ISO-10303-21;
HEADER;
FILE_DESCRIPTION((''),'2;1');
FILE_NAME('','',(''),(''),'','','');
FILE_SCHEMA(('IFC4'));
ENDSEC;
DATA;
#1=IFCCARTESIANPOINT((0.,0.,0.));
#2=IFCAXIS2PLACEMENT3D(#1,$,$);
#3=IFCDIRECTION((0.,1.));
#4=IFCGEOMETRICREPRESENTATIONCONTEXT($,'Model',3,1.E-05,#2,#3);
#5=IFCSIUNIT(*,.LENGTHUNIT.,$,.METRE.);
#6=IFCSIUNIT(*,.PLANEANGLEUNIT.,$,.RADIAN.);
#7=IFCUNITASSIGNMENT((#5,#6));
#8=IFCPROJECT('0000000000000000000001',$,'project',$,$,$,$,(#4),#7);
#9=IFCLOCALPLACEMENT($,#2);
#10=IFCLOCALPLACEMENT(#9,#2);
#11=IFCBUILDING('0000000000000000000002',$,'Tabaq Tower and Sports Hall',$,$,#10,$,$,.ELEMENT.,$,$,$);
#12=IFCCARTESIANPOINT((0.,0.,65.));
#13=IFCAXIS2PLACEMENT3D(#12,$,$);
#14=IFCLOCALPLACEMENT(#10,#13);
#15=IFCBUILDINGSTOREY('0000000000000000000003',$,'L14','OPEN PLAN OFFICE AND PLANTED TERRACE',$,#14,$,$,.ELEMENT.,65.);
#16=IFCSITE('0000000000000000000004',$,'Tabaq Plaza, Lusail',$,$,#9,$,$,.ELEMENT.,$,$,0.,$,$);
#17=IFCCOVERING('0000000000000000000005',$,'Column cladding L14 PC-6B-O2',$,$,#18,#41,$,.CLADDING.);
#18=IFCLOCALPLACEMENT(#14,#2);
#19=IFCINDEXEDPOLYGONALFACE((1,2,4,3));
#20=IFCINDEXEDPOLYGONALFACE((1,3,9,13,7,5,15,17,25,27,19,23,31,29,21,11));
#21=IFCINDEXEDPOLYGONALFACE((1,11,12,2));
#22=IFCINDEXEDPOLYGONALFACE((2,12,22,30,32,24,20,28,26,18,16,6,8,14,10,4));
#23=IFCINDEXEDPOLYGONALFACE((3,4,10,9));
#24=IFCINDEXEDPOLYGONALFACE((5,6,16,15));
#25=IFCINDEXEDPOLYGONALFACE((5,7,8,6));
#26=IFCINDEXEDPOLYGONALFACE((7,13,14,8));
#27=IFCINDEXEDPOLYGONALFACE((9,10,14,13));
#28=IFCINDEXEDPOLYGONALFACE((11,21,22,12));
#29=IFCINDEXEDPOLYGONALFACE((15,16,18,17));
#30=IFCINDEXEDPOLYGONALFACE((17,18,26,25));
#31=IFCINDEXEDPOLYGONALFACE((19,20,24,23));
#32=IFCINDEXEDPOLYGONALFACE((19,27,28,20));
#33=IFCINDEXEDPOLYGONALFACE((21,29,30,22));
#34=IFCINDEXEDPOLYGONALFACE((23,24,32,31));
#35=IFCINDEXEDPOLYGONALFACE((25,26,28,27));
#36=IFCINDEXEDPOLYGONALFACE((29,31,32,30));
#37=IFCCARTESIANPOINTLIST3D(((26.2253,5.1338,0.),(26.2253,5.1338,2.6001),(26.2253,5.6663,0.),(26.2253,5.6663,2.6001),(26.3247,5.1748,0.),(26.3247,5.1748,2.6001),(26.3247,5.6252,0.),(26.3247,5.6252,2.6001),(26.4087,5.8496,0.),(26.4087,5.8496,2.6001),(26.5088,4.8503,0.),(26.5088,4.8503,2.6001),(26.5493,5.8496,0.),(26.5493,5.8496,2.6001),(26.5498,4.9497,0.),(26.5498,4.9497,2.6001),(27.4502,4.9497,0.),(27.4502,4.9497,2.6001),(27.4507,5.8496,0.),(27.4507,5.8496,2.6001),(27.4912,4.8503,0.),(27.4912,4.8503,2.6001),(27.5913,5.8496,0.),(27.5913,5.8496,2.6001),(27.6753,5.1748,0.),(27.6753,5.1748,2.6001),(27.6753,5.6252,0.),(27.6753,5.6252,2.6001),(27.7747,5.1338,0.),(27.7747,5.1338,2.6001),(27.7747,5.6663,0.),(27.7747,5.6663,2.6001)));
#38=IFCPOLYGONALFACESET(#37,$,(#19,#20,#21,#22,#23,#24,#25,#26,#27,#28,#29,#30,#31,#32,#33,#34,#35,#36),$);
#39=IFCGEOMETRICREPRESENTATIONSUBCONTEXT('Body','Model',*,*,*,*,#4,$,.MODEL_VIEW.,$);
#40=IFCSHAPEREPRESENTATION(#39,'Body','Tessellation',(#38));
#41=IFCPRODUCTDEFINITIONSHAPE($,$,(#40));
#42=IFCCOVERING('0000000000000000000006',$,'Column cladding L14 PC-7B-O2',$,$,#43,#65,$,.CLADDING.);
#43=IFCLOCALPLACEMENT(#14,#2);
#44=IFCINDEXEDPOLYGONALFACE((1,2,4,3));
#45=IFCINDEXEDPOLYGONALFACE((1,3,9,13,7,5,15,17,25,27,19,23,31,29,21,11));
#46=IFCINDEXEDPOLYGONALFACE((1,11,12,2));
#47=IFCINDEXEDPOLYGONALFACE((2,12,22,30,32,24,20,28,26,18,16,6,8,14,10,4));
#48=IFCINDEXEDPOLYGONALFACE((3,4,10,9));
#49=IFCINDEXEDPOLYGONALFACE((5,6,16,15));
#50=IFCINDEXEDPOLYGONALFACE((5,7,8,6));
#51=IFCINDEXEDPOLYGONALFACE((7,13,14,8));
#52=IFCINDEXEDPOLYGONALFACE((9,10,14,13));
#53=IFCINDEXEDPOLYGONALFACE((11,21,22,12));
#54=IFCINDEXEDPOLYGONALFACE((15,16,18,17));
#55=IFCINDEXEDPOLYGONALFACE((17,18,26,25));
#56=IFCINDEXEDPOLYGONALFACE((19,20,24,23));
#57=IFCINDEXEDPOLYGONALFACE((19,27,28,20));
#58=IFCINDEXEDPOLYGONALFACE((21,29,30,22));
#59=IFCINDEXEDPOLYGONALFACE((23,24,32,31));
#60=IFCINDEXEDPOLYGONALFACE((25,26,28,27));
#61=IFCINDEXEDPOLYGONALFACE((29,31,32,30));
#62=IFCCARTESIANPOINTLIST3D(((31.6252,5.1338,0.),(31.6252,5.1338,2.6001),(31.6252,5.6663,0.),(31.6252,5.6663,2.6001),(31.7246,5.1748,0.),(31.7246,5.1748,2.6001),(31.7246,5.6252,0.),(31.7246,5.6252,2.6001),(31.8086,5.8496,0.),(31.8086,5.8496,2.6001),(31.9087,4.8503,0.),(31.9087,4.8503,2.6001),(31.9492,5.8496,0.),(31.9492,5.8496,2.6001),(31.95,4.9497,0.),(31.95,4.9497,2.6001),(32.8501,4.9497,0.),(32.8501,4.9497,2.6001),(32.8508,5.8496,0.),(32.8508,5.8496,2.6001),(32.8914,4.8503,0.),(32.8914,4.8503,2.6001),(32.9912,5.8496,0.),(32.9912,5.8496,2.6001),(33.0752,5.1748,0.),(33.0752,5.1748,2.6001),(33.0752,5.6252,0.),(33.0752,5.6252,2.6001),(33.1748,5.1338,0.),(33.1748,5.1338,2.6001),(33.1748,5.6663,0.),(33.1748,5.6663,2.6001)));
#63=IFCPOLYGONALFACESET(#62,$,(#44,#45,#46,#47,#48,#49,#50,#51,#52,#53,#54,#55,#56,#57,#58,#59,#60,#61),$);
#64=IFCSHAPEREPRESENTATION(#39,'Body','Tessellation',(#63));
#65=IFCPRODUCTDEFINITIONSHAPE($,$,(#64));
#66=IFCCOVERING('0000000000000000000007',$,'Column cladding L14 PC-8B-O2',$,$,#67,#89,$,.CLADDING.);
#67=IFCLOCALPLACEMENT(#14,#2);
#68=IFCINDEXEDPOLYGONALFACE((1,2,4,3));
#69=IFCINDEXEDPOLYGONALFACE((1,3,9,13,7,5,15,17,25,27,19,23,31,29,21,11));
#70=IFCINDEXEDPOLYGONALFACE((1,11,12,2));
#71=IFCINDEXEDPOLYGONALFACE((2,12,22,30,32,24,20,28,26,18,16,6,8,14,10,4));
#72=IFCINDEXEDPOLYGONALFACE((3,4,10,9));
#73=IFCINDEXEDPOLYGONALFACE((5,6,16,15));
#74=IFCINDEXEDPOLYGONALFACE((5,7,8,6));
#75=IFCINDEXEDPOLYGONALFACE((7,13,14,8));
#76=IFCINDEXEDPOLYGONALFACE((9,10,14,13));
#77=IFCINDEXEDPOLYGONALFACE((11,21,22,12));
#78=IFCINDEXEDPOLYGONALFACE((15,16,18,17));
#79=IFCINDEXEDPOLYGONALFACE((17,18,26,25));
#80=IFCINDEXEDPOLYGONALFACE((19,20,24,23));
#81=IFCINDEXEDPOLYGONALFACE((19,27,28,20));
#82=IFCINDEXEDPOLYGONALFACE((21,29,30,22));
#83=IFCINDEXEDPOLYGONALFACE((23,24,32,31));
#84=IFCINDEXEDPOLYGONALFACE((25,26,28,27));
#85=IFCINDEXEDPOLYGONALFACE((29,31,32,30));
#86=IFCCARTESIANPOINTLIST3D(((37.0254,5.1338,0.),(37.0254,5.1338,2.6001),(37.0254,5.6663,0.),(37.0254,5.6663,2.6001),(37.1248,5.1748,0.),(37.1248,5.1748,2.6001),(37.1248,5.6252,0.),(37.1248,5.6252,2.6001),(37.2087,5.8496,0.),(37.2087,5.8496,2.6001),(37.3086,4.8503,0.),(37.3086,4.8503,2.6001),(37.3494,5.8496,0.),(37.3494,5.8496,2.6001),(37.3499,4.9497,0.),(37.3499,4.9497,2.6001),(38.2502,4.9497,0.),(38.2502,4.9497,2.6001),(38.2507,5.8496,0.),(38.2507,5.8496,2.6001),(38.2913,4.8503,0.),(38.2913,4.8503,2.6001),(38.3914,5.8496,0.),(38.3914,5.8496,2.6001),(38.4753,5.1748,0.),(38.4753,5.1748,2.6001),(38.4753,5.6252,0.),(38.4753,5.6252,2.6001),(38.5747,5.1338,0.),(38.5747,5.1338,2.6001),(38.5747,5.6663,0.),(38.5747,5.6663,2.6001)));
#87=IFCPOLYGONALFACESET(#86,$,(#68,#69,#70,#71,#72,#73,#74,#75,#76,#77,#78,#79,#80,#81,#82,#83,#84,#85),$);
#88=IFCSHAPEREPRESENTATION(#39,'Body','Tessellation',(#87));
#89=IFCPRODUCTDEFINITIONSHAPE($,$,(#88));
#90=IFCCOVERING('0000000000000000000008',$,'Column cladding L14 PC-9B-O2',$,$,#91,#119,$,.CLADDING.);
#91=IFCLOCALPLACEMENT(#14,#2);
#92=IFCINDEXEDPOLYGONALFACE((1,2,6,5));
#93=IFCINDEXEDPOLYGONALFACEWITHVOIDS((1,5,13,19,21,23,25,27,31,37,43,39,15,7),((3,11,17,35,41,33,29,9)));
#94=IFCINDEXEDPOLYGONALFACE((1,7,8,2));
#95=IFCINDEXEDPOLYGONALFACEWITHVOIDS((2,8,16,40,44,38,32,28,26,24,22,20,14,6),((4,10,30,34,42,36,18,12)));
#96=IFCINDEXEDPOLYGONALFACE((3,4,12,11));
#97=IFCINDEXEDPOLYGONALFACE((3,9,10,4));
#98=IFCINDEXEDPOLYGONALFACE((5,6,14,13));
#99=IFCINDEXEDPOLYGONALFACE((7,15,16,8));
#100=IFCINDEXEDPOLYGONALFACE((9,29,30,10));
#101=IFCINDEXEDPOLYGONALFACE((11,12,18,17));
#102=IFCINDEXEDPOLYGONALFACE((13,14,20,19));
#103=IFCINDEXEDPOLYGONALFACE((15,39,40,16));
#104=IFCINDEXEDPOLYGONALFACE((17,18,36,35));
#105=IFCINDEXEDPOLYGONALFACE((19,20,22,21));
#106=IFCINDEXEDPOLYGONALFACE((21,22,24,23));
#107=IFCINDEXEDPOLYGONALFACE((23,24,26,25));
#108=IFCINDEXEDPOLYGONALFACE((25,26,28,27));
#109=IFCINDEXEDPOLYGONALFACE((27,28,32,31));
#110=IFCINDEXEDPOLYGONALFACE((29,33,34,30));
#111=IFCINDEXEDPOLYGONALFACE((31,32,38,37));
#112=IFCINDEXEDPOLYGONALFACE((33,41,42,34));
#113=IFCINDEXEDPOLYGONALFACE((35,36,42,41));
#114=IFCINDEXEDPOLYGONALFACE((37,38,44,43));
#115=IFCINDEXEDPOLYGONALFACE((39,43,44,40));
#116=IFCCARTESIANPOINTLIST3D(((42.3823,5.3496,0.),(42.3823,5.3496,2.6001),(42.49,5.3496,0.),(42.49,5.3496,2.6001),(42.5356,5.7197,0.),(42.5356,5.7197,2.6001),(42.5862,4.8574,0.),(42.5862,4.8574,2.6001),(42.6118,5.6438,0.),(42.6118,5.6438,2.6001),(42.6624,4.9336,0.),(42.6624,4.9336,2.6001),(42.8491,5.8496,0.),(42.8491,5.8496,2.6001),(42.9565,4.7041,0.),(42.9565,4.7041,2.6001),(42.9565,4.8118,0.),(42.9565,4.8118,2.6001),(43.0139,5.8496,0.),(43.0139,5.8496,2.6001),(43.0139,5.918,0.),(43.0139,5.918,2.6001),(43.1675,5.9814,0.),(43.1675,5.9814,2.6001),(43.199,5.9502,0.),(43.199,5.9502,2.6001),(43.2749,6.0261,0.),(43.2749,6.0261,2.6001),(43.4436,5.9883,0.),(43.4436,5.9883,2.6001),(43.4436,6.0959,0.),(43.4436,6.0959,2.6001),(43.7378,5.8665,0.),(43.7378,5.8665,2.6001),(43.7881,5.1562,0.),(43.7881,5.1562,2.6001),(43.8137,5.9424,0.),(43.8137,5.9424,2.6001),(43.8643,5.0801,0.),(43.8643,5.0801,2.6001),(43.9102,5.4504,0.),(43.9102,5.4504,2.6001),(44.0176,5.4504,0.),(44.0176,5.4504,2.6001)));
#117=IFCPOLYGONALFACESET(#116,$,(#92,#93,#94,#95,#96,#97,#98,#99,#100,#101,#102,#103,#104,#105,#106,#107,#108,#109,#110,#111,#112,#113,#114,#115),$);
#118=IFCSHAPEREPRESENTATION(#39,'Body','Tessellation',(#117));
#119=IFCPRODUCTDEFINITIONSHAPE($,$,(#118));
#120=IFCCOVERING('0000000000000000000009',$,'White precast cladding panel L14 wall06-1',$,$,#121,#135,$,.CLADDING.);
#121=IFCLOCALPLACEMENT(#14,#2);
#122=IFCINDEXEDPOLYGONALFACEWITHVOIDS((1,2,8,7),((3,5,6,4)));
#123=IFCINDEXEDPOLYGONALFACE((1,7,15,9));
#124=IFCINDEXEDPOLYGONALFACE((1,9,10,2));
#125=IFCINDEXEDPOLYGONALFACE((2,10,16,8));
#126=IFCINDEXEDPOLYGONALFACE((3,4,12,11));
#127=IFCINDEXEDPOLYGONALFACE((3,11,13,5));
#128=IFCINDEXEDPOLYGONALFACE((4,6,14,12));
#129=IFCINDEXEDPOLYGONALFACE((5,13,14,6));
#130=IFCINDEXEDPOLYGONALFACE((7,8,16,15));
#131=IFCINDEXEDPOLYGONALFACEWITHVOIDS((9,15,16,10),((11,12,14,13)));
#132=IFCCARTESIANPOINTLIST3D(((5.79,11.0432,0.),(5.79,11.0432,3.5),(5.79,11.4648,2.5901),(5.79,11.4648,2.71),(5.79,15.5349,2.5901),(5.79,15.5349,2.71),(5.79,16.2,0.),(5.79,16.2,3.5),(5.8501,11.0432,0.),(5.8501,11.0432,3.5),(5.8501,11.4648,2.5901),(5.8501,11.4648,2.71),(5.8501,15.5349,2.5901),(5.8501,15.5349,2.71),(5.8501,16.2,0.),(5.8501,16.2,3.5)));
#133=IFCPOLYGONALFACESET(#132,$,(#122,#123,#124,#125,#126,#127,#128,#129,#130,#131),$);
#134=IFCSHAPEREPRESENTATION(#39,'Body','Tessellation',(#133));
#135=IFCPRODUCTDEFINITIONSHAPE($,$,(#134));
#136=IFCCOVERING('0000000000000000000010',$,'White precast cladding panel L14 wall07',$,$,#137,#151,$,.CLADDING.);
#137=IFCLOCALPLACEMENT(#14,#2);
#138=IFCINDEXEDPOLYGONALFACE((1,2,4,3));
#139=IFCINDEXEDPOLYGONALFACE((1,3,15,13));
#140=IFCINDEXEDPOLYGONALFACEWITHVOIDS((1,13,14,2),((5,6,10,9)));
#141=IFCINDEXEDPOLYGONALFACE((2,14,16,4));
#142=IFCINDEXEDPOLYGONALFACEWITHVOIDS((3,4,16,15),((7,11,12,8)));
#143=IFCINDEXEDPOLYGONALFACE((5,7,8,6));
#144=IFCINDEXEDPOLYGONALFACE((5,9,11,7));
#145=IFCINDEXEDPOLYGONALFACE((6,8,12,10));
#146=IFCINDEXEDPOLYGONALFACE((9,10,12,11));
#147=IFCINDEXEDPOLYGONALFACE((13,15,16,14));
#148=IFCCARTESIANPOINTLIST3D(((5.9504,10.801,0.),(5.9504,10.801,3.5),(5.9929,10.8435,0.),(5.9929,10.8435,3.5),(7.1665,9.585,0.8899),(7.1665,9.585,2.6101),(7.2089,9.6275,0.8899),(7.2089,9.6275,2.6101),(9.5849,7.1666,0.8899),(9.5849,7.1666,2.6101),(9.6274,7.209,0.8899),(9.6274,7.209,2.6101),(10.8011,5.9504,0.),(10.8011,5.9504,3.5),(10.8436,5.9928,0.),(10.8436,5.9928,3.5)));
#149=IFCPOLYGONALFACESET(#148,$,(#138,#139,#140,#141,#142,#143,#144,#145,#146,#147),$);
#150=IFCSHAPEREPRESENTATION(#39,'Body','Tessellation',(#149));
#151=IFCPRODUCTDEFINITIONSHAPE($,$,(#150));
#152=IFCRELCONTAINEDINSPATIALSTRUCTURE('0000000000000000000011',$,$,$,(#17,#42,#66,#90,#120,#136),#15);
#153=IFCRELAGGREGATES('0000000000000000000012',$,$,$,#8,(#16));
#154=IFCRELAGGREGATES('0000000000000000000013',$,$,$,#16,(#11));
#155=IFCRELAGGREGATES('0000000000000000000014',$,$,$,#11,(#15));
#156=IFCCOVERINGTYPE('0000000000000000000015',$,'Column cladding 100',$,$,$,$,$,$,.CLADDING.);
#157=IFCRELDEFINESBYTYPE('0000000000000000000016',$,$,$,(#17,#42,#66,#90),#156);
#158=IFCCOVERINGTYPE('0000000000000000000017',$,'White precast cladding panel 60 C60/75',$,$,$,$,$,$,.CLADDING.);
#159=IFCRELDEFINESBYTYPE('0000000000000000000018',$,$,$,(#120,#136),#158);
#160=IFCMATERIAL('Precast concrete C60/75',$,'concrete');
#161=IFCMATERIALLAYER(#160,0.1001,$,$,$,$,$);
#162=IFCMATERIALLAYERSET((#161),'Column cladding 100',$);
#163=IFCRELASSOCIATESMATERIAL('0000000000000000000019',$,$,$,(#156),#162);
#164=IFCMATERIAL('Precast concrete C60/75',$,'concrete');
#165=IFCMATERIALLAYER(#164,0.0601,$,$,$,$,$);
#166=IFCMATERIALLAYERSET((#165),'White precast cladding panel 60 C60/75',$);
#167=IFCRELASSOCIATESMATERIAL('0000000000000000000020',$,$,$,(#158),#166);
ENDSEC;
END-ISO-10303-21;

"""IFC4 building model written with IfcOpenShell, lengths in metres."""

from ifc_helpers import new_model, si_unit, direction, frame, origin, place, context, subcontext, project, spatial, polyline, outline, extrude, material, layer, layer_set, type_object, element, save


model = new_model("IFC4")

# Units and contexts
model_context = context("Model", 3, precision=1e-05, world=origin(), true_north=direction((0.0, 1.0)))
body_context = subcontext(model_context, "Body", "Model", "MODEL_VIEW")
ifc_project = project(units=[si_unit("LENGTHUNIT", "METRE"), si_unit("PLANEANGLEUNIT", "RADIAN")], contexts=[model_context])

# Site, building, storey
site_placement = place(None, origin())
site = spatial("IfcSite", under=ifc_project, at=site_placement, Name="Tabaq Plaza, Lusail", CompositionType="ELEMENT", RefElevation=0.0)
building_placement = place(site_placement, origin())
building = spatial("IfcBuilding", under=site, at=building_placement, Name="Tabaq Tower and Sports Hall", CompositionType="ELEMENT")
storey_placement = place(building_placement, frame((0.0, 0.0, 65.0)))
storey = spatial("IfcBuildingStorey", under=building, at=storey_placement, Name="L14", Description="OPEN PLAN OFFICE AND PLANTED TERRACE", CompositionType="ELEMENT", Elevation=65.0)

# Coverings
ifc_material_1 = material(Name="Precast concrete C60/75", Category="concrete")
ifc_layer_1 = layer(ifc_material_1, 0.1001)
ifc_layer_set_1 = layer_set([ifc_layer_1], Name="Column cladding 100")
covering_type_1 = type_object("IfcCoveringType", Name="Column cladding 100", PredefinedType="CLADDING", material=ifc_layer_set_1)
covering_1_placement = place(storey_placement, origin())
element("IfcCovering", 1, at=covering_1_placement, inside=storey, type_object=covering_type_1, Name="Column cladding L14 PC-6B-O2", PredefinedType="CLADDING", context=body_context, shape_type="SweptSolid", body=[
    extrude(outline(polyline([(26.2253, 5.6663), (26.4087, 5.8496), (26.5493, 5.8496), (26.3247, 5.6252), (26.3247, 5.1748), (26.5498, 4.9497), (27.4502, 4.9497), (27.6753, 5.1748), (27.6753, 5.6252), (27.4507, 5.8496), (27.5913, 5.8496), (27.7747, 5.6663), (27.7747, 5.1338), (27.4912, 4.8503), (26.5088, 4.8503), (26.2253, 5.1338), (26.2253, 5.6663)])), origin(), (0.0, 0.0, 1.0), 2.6001),
])
covering_2_placement = place(storey_placement, origin())
element("IfcCovering", 2, at=covering_2_placement, inside=storey, type_object=covering_type_1, Name="Column cladding L14 PC-7B-O2", PredefinedType="CLADDING", context=body_context, shape_type="SweptSolid", body=[
    extrude(outline(polyline([(31.6252, 5.6663), (31.8086, 5.8496), (31.9492, 5.8496), (31.7246, 5.6252), (31.7246, 5.1748), (31.95, 4.9497), (32.8501, 4.9497), (33.0752, 5.1748), (33.0752, 5.6252), (32.8508, 5.8496), (32.9912, 5.8496), (33.1748, 5.6663), (33.1748, 5.1338), (32.8914, 4.8503), (31.9087, 4.8503), (31.6252, 5.1338), (31.6252, 5.6663)])), origin(), (0.0, 0.0, 1.0), 2.6001),
])
covering_3_placement = place(storey_placement, origin())
element("IfcCovering", 3, at=covering_3_placement, inside=storey, type_object=covering_type_1, Name="Column cladding L14 PC-8B-O2", PredefinedType="CLADDING", context=body_context, shape_type="SweptSolid", body=[
    extrude(outline(polyline([(37.0254, 5.6663), (37.2087, 5.8496), (37.3494, 5.8496), (37.1248, 5.6252), (37.1248, 5.1748), (37.3499, 4.9497), (38.2502, 4.9497), (38.4753, 5.1748), (38.4753, 5.6252), (38.2507, 5.8496), (38.3914, 5.8496), (38.5747, 5.6663), (38.5747, 5.1338), (38.2913, 4.8503), (37.3086, 4.8503), (37.0254, 5.1338), (37.0254, 5.6663)])), origin(), (0.0, 0.0, 1.0), 2.6001),
])
covering_4_placement = place(storey_placement, origin())
element("IfcCovering", 4, at=covering_4_placement, inside=storey, type_object=covering_type_1, Name="Column cladding L14 PC-9B-O2", PredefinedType="CLADDING", context=body_context, shape_type="SweptSolid", body=[
    extrude(outline(polyline([(42.3823, 5.3496), (42.5356, 5.7197), (42.8491, 5.8496), (43.0139, 5.8496), (43.0139, 5.918), (43.1675, 5.9814), (43.199, 5.9502), (43.2749, 6.0261), (43.4436, 6.0959), (43.8137, 5.9424), (44.0176, 5.4504), (43.8643, 5.0801), (42.9565, 4.7041), (42.5862, 4.8574), (42.3823, 5.3496)]), holes=[polyline([(43.9102, 5.4504), (43.7378, 5.8665), (43.4436, 5.9883), (42.6118, 5.6438), (42.49, 5.3496), (42.6624, 4.9336), (42.9565, 4.8118), (43.7881, 5.1562), (43.9102, 5.4504)])]), origin(), (0.0, 0.0, 1.0), 2.6001),
])

# Coverings
ifc_material_2 = material(Name="Precast concrete C60/75", Category="concrete")
ifc_layer_2 = layer(ifc_material_2, 0.0601)
ifc_layer_set_2 = layer_set([ifc_layer_2], Name="White precast cladding panel 60 C60/75")
covering_type_2 = type_object("IfcCoveringType", Name="White precast cladding panel 60 C60/75", PredefinedType="CLADDING", material=ifc_layer_set_2)
covering_5_placement = place(storey_placement, frame((5.8201, 16.2, 0.0), z_axis=(0.0, 0.0, 1.0), x_axis=(0.0, -1.0, 0.0)))
element("IfcCovering", 5, at=covering_5_placement, inside=storey, type_object=covering_type_2, Name="White precast cladding panel L14 wall06-1", PredefinedType="CLADDING", context=body_context, shape_type="SweptSolid", body=[
    extrude(outline(polyline([(0.0, 0.0), (5.1567, 0.0), (5.1567, 3.5), (0.0, 3.5), (0.0, 0.0)]), holes=[polyline([(0.665, 2.5901), (0.665, 2.71), (4.7351, 2.71), (4.7351, 2.5901), (0.665, 2.5901)])]), frame((0.0, 0.03, 0.0), z_axis=(0.0, -1.0, 0.0), x_axis=(1.0, 0.0, 0.0)), (0.0, 0.0, 1.0), 0.0601),
])
covering_6_placement = place(storey_placement, frame((5.9717, 10.8223, 0.0), z_axis=(0.0, 0.0, 1.0), x_axis=(0.707107, -0.707107, 0.0)))
element("IfcCovering", 6, at=covering_6_placement, inside=storey, type_object=covering_type_2, Name="White precast cladding panel L14 wall07", PredefinedType="CLADDING", context=body_context, shape_type="SweptSolid", body=[
    extrude(outline(polyline([(0.0, 0.0), (6.8599, 0.0), (6.8599, 3.5), (0.0, 3.5), (0.0, 0.0)]), holes=[polyline([(1.7197, 0.8899), (1.7197, 2.6101), (5.1399, 2.6101), (5.1399, 0.8899), (1.7197, 0.8899)])]), frame((0.0, 0.03, 0.0), z_axis=(0.0, -1.0, 0.0), x_axis=(1.0, 0.0, 0.0)), (0.0, 0.0, 1.0), 0.0601),
])

save(model, "model.ifc")
